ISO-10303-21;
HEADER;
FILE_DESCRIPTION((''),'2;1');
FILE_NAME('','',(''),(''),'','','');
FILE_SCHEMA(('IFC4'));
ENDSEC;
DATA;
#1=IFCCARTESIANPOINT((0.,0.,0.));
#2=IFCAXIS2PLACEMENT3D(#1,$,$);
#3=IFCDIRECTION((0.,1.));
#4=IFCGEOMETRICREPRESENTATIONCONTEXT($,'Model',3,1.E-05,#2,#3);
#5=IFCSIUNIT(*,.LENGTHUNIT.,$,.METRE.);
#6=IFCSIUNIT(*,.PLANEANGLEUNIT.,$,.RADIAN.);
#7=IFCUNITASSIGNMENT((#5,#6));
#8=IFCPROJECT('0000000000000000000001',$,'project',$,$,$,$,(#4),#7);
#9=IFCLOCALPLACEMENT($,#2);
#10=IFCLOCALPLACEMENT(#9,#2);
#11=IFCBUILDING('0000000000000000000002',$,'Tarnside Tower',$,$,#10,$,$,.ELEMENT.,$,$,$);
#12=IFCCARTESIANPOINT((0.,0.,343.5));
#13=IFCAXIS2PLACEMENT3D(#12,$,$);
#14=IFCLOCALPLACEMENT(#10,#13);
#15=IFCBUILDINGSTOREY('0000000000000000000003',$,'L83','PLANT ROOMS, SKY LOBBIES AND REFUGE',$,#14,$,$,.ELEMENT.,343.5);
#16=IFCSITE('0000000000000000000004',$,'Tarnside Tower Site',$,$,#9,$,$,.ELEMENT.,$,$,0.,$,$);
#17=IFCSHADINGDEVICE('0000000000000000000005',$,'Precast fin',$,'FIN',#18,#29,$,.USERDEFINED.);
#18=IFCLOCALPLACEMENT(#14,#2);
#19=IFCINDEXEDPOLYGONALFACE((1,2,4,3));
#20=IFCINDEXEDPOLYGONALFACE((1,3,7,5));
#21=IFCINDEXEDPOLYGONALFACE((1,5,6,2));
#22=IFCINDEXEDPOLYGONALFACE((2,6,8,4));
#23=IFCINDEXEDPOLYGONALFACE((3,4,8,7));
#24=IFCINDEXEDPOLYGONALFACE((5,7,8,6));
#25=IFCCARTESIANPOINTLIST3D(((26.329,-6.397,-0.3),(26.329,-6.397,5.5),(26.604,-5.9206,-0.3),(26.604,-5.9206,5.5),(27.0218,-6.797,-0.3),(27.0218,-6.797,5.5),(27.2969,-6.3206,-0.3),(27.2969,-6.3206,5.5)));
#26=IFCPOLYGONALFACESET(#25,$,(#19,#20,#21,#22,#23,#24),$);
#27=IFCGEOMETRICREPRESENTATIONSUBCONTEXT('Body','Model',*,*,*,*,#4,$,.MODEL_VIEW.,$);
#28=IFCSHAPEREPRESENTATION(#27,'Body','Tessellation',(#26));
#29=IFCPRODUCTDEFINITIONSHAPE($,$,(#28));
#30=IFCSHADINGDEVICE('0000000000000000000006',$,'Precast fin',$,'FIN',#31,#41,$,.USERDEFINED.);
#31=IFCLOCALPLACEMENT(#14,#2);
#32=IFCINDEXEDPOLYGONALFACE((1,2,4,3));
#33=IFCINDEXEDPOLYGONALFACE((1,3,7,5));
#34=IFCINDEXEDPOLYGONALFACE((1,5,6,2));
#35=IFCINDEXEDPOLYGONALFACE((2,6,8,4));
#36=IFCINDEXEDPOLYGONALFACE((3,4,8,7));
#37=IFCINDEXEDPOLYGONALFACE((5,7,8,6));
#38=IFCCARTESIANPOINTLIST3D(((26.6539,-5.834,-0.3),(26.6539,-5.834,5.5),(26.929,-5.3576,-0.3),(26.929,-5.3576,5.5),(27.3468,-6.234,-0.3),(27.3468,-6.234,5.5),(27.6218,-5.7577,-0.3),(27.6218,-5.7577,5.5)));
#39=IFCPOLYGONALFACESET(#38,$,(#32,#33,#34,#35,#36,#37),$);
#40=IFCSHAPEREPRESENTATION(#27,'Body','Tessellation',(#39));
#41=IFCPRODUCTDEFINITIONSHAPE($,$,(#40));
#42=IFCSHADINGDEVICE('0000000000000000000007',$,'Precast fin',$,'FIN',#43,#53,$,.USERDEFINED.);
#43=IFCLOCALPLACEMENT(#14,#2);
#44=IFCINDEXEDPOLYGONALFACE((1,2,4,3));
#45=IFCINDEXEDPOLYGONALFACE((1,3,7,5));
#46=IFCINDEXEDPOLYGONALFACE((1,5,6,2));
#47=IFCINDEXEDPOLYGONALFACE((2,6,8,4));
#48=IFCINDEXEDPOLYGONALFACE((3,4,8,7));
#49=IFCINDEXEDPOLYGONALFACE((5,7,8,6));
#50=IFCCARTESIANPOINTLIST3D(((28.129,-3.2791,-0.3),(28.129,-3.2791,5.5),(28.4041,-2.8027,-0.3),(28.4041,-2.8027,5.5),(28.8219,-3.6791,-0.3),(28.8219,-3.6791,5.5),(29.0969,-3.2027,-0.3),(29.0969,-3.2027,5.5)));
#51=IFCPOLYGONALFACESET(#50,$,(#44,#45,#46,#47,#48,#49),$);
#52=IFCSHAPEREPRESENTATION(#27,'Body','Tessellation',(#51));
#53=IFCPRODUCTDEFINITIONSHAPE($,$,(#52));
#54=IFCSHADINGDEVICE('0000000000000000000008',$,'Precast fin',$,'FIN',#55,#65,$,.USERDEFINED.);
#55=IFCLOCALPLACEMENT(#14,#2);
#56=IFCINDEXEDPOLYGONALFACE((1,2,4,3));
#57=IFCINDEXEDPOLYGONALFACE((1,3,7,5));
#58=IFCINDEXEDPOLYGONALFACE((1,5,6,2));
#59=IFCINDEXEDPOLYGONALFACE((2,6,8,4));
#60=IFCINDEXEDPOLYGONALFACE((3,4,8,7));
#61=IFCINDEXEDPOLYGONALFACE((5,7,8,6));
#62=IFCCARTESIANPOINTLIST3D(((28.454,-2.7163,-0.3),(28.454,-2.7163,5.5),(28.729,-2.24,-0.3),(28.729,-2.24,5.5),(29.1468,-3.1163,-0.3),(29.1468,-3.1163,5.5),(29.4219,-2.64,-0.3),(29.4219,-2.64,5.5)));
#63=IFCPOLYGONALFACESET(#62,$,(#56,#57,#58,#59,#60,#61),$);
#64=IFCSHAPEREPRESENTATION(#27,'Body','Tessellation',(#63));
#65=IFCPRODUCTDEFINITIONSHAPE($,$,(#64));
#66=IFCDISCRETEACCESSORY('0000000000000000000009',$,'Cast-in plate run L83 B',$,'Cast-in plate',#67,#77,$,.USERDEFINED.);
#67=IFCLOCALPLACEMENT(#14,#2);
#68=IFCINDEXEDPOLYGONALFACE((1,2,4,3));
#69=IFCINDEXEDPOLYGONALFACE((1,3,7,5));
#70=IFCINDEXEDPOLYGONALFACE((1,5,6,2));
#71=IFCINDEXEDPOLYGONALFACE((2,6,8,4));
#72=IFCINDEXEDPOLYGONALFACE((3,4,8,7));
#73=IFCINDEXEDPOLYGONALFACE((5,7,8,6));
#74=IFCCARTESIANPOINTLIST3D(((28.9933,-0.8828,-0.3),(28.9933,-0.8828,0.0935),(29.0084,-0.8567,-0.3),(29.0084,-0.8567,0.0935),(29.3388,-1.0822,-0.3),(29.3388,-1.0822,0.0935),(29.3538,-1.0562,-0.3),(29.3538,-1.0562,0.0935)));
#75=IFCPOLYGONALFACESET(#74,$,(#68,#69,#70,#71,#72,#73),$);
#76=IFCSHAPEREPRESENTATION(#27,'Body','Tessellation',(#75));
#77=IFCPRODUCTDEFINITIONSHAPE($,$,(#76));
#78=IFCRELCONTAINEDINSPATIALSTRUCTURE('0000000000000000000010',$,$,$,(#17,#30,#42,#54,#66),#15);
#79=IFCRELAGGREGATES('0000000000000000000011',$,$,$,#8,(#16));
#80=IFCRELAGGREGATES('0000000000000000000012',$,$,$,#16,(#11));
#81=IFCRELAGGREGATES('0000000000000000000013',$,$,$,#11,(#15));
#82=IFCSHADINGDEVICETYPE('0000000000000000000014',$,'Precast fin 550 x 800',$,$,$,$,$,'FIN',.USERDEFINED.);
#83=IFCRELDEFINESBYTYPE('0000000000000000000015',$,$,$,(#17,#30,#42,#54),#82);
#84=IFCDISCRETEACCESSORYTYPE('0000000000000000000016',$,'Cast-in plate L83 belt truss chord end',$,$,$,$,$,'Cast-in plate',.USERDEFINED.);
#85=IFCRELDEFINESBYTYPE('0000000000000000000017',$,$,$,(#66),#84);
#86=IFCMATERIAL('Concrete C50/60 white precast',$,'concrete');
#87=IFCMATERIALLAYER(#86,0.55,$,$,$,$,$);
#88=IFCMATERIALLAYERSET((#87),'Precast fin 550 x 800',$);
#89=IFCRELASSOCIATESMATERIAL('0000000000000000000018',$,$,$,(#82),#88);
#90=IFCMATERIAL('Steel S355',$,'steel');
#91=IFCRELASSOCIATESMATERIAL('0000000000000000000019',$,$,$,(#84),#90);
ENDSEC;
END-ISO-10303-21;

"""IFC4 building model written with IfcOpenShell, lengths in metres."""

from ifc_helpers import new_model, si_unit, direction, frame, origin, origin_2d, place, context, subcontext, project, spatial, polyline, rectangle, outline, extrude, material, layer, layer_set, type_object, element, save


model = new_model("IFC4")

# Units and contexts
model_context = context("Model", 3, precision=1e-05, world=origin(), true_north=direction((0.0, 1.0)))
body_context = subcontext(model_context, "Body", "Model", "MODEL_VIEW")
ifc_project = project(units=[si_unit("LENGTHUNIT", "METRE"), si_unit("PLANEANGLEUNIT", "RADIAN")], contexts=[model_context])

# Site, building, storey
site_placement = place(None, origin())
site = spatial("IfcSite", under=ifc_project, at=site_placement, Name="Tarnside Tower Site", CompositionType="ELEMENT", RefElevation=0.0)
building_placement = place(site_placement, origin())
building = spatial("IfcBuilding", under=site, at=building_placement, Name="Tarnside Tower", CompositionType="ELEMENT")
storey_placement = place(building_placement, frame((0.0, 0.0, 343.5)))
storey = spatial("IfcBuildingStorey", under=building, at=storey_placement, Name="L83", Description="PLANT ROOMS, SKY LOBBIES AND REFUGE", CompositionType="ELEMENT", Elevation=343.5)

# Shared definitions
ifc_material_1 = material(Name="Steel S355", Category="steel")

# Shading devices
ifc_material_2 = material(Name="Concrete C50/60 white precast", Category="concrete")
ifc_layer_1 = layer(ifc_material_2, 0.55)
ifc_layer_set_1 = layer_set([ifc_layer_1], Name="Precast fin 550 x 800")
shading_device_type_1 = type_object("IfcShadingDeviceType", Name="Precast fin 550 x 800", ElementType="FIN", PredefinedType="USERDEFINED", material=ifc_layer_set_1)
for number, where, z_axis, x_axis, name in (
    (1, (26.4666, -6.1587, -0.3), (-0.5, -0.866025, 0.0), (0.866025, -0.5, 0.0), "Precast fin"),
    (2, (26.7915, -5.5957, -0.3), (-0.5, -0.866025, 0.0), (0.866025, -0.5, 0.0), "Precast fin"),
    (3, (28.2666, -3.0408, -0.3), (-0.5, -0.866025, 0.0), (0.866025, -0.5, 0.0), "Precast fin"),
    (4, (28.5916, -2.478, -0.3), (-0.5, -0.866025, 0.0), (0.866025, -0.5, 0.0), "Precast fin"),
):
    element("IfcShadingDevice", number, at=place(storey_placement, frame(where, z_axis=z_axis, x_axis=x_axis)), inside=storey, type_object=shading_device_type_1, Name=name, ObjectType="FIN", PredefinedType="USERDEFINED", context=body_context, shape_type="SweptSolid", body=[
        extrude(outline(polyline([(0.0, 0.0), (0.8, 0.0), (0.8, 5.8), (0.0, 5.8), (0.0, 0.0)])), frame((0.0, 0.0, -0.2749)), (0.0, 0.0, 1.0), 0.55),
    ])

# Discrete accessory
discrete_accessory_type = type_object("IfcDiscreteAccessoryType", Name="Cast-in plate L83 belt truss chord end", ElementType="Cast-in plate", PredefinedType="USERDEFINED", material=ifc_material_1)
discrete_accessory_placement = place(storey_placement, frame((29.1736, -0.9695, -0.3), z_axis=(0.0, 0.0, 1.0), x_axis=(0.5, 0.866025, 0.0)))
element("IfcDiscreteAccessory", 5, at=discrete_accessory_placement, inside=storey, type_object=discrete_accessory_type, Name="Cast-in plate run L83 B", ObjectType="Cast-in plate", PredefinedType="USERDEFINED", context=body_context, shape_type="SweptSolid", body=[
    extrude(rectangle(XDim=0.03, YDim=0.3989, at=origin_2d()), origin(), (0.0, 0.0, 1.0), 0.3936),
])

save(model, "model.ifc")
